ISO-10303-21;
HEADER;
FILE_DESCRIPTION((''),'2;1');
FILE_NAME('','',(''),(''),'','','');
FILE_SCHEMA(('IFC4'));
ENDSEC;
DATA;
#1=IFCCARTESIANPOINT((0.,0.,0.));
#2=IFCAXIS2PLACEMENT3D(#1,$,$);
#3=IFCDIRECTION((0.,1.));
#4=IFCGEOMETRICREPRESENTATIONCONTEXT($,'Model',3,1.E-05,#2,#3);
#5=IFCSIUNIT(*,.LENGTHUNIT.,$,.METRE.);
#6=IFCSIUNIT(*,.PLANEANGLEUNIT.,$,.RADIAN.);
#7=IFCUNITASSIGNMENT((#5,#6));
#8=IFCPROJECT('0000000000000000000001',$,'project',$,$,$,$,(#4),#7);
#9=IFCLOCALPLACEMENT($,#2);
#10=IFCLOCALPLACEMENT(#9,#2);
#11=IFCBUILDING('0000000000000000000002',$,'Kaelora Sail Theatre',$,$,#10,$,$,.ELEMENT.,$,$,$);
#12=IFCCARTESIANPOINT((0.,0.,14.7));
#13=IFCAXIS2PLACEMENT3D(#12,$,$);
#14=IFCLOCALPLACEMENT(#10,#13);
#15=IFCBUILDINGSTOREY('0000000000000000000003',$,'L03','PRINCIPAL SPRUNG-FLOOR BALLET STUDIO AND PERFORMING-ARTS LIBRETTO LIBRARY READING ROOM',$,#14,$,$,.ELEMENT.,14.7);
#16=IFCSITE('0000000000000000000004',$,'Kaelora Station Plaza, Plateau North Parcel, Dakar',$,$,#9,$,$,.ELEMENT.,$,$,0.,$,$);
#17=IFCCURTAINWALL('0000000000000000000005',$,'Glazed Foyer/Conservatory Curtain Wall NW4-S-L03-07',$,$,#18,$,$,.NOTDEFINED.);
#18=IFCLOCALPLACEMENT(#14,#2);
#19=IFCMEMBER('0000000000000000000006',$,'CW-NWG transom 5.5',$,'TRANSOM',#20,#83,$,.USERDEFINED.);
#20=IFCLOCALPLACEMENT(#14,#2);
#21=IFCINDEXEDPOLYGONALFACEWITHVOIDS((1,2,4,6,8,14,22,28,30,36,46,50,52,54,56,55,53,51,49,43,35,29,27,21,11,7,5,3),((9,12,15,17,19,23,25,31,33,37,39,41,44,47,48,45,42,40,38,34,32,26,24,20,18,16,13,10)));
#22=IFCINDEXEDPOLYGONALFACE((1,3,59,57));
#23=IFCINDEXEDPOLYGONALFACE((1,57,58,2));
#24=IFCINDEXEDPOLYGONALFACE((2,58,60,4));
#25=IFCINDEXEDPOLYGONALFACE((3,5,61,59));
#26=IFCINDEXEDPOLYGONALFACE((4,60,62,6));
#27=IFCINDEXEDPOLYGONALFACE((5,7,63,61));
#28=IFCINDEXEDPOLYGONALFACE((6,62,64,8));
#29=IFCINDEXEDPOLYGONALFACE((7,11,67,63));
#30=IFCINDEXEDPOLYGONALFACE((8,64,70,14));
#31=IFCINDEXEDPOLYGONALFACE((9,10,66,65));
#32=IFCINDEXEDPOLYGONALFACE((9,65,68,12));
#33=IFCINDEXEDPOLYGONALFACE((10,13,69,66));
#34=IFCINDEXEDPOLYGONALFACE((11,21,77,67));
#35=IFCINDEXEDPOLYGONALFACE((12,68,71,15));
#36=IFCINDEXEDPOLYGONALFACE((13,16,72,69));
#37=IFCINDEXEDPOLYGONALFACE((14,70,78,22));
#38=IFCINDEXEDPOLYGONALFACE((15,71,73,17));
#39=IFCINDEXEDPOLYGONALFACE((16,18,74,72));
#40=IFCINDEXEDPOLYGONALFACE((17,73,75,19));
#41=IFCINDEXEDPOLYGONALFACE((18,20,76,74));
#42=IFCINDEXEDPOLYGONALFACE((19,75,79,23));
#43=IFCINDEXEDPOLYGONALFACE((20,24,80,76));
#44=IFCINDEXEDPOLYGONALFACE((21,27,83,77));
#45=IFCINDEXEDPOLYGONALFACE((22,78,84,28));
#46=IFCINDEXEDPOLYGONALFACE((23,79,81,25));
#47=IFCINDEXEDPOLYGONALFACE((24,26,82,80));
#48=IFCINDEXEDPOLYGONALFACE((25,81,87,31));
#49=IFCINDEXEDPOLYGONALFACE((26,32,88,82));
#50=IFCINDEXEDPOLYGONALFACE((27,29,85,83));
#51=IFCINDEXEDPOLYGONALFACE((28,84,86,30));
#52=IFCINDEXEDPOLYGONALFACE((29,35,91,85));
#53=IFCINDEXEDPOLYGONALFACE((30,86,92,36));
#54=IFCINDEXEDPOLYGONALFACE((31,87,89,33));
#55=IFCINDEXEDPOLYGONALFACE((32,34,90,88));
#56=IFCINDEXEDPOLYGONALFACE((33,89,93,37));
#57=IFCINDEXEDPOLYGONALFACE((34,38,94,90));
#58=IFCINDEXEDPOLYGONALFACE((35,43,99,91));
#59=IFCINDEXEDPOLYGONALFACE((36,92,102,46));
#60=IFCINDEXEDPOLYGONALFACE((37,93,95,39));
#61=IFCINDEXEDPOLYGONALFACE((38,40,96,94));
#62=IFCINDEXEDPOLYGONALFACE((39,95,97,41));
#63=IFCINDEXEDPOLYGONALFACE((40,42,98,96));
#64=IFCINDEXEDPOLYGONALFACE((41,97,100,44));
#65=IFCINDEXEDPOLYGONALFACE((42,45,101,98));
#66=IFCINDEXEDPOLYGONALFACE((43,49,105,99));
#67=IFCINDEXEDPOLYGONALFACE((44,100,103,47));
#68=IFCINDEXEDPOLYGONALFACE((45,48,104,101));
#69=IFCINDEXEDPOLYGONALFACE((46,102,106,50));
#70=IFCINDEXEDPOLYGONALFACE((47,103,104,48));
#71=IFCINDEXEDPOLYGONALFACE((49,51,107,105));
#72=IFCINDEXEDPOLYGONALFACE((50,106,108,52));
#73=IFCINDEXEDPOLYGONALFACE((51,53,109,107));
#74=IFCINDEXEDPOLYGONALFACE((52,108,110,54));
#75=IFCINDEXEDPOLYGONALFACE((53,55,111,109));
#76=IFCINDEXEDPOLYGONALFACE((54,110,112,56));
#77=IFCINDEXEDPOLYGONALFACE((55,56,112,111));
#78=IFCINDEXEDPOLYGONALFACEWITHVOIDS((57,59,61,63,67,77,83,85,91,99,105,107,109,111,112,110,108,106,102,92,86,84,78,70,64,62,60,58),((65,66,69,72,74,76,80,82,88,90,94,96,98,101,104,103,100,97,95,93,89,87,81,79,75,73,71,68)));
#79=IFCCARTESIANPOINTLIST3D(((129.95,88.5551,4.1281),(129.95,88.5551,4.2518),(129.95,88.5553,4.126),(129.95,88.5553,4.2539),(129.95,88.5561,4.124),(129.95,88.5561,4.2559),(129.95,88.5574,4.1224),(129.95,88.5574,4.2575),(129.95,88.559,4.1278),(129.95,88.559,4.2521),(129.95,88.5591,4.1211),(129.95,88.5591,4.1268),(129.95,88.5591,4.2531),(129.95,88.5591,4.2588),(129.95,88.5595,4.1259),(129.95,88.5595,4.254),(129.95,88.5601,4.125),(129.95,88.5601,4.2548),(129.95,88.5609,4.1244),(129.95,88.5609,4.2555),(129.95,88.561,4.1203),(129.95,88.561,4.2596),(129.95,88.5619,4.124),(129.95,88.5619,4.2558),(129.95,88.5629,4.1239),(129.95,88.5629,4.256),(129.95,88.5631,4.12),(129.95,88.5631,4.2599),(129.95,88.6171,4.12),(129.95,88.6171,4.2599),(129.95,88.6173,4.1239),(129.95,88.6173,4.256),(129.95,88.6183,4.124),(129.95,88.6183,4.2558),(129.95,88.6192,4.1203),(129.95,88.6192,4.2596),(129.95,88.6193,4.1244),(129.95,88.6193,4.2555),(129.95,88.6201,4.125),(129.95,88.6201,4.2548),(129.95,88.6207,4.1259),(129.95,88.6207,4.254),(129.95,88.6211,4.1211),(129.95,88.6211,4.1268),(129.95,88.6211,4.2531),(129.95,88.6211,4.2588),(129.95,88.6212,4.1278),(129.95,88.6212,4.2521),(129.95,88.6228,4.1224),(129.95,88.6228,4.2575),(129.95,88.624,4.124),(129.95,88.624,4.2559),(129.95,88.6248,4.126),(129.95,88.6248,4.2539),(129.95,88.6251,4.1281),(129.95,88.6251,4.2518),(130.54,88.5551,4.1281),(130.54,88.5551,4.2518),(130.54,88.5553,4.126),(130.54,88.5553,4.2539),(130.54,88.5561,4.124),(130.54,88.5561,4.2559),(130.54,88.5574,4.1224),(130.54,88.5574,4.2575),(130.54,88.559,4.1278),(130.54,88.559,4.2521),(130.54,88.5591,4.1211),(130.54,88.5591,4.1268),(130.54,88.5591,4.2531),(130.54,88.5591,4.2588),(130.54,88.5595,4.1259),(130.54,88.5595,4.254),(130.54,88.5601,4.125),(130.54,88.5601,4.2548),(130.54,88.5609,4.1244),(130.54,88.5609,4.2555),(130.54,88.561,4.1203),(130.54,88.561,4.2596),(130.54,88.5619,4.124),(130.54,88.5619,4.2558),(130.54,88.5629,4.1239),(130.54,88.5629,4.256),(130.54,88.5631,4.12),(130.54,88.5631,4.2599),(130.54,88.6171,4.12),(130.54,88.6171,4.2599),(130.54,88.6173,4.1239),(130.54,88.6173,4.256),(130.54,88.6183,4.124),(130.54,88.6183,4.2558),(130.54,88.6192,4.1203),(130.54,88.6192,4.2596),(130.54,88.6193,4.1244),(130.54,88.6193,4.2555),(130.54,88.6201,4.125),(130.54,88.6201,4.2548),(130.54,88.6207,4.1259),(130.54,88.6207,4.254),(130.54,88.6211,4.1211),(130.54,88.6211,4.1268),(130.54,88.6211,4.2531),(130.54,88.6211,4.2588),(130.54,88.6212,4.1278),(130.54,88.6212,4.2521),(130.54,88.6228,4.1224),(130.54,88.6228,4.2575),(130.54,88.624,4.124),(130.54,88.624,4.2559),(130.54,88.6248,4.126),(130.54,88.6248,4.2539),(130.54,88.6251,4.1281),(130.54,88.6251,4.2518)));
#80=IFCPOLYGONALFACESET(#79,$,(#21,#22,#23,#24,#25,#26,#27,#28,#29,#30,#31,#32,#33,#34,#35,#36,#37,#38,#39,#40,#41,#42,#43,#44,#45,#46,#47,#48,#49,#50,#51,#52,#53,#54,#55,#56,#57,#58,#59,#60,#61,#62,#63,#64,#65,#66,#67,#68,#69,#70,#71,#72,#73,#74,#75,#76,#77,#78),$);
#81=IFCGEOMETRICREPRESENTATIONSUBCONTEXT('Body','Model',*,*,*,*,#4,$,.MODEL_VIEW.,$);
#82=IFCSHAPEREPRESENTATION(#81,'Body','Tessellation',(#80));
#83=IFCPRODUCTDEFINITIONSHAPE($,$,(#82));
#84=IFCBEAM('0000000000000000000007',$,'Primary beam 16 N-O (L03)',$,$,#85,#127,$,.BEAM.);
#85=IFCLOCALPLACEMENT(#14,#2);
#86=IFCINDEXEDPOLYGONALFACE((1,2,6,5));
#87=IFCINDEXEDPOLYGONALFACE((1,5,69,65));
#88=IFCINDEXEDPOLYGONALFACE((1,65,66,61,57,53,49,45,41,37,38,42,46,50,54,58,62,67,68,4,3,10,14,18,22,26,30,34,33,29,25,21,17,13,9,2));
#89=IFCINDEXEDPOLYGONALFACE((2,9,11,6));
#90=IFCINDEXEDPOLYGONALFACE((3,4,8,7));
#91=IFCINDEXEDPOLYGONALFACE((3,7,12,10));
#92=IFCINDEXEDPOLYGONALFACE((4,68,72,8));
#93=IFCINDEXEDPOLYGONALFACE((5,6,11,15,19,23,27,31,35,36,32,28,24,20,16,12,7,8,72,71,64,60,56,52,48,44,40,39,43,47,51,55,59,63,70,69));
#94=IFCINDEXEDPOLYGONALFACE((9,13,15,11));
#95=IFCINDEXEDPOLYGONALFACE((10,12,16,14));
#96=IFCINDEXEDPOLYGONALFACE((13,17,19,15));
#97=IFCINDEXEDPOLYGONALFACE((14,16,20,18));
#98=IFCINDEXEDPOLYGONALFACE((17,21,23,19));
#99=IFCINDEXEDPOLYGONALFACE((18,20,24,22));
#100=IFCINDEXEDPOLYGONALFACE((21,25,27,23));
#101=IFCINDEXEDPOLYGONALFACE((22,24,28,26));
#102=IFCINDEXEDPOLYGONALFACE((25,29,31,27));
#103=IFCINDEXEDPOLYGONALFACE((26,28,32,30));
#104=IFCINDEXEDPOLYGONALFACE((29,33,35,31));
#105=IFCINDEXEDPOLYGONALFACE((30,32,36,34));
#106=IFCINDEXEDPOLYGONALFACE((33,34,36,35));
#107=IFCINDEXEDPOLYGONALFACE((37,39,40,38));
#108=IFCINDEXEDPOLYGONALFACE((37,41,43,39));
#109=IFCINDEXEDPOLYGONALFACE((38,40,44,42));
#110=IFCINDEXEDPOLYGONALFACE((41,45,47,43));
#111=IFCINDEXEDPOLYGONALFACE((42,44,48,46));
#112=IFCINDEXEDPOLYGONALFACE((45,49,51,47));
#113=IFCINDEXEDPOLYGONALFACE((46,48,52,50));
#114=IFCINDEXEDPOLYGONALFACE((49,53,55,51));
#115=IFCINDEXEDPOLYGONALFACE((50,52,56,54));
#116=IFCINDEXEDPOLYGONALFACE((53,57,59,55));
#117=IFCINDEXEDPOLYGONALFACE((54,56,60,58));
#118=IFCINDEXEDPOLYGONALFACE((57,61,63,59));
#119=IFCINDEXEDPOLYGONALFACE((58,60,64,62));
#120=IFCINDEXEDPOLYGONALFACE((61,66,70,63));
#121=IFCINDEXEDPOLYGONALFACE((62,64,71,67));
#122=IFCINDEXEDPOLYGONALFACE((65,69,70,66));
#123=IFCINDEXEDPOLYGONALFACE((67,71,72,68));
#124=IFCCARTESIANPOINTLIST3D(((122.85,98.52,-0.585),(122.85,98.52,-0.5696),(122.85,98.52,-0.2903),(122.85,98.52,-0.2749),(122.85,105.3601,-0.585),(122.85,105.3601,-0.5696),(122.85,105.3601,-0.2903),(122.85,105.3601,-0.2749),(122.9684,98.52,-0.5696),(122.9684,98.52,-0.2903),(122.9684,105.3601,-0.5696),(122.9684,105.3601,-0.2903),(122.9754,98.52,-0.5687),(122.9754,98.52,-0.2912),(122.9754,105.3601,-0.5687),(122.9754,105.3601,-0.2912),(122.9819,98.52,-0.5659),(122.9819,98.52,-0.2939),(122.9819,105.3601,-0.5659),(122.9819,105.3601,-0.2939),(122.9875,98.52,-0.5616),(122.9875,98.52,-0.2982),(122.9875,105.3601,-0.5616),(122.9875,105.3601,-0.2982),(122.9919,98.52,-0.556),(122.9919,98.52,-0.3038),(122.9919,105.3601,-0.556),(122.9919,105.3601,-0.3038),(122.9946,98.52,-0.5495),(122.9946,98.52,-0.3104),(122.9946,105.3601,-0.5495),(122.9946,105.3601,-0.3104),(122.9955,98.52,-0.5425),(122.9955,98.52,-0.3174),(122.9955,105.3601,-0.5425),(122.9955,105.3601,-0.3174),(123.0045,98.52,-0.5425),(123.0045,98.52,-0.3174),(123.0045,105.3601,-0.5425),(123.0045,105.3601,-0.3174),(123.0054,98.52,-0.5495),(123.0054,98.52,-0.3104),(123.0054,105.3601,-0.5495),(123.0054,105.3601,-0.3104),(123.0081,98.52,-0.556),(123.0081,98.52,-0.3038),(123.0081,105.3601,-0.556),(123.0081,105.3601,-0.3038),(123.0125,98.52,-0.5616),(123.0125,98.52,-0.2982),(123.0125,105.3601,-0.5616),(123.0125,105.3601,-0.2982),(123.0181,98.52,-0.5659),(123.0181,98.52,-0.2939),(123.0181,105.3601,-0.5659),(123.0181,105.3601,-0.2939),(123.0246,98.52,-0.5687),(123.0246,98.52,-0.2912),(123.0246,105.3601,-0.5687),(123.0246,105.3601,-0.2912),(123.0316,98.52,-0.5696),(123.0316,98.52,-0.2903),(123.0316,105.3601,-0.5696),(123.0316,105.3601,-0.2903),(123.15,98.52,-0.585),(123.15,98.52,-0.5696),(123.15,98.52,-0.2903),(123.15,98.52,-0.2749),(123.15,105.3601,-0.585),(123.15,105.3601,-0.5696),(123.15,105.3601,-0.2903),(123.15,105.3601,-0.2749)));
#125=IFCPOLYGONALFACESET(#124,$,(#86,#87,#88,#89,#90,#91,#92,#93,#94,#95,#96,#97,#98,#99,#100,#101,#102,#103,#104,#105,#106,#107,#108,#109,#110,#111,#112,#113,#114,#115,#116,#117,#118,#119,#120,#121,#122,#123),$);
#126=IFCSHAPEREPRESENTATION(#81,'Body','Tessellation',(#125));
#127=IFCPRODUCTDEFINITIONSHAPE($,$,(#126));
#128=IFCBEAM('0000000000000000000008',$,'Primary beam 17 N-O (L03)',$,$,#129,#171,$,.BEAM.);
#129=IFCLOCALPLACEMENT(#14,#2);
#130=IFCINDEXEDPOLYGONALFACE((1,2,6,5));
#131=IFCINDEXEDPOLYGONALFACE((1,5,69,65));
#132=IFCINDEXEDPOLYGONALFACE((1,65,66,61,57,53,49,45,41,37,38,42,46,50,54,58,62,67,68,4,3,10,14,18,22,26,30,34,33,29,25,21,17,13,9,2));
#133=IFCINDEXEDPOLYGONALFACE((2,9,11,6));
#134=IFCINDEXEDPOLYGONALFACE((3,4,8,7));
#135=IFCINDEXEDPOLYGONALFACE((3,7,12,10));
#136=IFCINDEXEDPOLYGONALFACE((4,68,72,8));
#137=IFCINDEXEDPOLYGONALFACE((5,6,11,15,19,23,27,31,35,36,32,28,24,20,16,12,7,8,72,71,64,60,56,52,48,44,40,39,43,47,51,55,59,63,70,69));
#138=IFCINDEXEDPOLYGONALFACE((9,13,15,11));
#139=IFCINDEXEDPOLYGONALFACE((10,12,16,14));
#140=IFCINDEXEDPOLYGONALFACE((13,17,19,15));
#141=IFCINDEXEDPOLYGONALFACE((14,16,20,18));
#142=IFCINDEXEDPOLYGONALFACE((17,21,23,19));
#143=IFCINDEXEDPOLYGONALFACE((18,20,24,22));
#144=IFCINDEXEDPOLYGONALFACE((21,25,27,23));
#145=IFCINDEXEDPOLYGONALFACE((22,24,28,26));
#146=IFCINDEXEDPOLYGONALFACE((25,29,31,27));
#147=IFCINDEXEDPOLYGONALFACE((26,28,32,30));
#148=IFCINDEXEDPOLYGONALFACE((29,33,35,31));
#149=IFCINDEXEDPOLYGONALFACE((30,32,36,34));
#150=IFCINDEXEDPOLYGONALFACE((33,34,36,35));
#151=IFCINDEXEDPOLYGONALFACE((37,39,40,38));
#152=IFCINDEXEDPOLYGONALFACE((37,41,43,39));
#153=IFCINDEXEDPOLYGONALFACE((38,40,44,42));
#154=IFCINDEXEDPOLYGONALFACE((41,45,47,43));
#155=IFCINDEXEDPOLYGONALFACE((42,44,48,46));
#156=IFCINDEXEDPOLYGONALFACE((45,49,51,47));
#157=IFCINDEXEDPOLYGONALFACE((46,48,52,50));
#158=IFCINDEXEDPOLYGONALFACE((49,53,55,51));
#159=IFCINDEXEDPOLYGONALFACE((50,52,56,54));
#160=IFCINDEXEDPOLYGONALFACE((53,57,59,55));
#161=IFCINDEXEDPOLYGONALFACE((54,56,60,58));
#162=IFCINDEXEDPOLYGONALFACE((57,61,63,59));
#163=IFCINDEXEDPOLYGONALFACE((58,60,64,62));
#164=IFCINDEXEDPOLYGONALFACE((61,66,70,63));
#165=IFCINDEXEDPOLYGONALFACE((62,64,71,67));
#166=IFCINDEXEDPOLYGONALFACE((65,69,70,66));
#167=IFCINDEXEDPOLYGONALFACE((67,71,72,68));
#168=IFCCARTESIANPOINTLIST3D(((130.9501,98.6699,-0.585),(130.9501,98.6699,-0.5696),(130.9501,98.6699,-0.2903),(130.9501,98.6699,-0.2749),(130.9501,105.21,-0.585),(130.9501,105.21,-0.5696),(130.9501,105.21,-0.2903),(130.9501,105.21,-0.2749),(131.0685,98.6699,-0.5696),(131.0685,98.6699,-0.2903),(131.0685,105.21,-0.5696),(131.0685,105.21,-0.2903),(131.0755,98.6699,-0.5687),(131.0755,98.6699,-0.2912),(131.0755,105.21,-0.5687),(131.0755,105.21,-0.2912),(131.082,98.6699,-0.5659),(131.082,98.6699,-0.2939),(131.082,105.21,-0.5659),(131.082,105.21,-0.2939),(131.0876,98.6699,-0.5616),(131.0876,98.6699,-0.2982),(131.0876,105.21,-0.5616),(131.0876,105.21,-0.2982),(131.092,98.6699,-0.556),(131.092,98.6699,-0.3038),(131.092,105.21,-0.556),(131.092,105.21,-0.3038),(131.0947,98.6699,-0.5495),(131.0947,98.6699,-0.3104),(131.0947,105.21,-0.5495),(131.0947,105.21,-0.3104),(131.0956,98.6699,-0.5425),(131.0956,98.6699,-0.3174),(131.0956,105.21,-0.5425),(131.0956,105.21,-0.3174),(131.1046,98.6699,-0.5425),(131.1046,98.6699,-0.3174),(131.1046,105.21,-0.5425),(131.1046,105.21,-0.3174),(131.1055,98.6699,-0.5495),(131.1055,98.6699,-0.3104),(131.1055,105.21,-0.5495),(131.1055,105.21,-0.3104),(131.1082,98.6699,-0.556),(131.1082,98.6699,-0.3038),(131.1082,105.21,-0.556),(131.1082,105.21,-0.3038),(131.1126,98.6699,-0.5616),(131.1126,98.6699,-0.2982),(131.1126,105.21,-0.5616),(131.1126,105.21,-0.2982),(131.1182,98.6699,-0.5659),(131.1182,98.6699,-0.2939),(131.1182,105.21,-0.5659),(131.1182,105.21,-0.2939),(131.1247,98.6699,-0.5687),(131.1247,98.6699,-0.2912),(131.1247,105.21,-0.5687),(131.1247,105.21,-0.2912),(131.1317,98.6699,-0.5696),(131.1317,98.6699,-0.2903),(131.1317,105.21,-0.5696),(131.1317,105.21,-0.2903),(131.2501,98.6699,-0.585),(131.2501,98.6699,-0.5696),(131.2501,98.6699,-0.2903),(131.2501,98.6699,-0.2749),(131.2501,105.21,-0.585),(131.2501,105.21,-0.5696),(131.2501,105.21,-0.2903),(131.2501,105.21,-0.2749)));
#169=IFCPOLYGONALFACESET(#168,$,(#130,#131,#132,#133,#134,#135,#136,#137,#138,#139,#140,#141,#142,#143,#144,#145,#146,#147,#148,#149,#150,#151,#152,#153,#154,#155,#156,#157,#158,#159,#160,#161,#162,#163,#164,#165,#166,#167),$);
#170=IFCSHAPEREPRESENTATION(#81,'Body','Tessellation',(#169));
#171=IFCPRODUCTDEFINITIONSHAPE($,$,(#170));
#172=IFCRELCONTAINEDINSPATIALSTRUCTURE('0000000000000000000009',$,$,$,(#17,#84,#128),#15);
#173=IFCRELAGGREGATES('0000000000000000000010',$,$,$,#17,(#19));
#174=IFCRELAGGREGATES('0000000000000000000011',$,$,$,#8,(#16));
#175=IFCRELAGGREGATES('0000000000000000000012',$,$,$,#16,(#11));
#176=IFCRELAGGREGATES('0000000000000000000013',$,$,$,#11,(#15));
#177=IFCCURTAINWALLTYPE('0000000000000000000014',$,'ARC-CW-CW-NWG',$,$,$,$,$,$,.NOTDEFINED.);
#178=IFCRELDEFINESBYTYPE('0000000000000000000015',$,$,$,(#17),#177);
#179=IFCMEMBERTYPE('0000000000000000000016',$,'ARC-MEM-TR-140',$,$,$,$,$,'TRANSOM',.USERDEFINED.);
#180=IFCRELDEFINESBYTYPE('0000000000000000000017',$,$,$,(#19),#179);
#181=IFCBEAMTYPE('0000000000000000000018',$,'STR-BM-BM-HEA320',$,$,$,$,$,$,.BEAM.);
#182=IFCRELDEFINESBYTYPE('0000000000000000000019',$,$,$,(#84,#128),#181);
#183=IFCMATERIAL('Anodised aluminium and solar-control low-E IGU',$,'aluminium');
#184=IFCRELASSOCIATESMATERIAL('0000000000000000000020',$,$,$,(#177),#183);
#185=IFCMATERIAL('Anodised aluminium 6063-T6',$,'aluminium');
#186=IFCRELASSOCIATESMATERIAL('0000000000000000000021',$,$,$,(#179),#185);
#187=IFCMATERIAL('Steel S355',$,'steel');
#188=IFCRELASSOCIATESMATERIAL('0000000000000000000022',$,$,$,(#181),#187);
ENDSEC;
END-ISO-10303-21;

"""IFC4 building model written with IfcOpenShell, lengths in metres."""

from ifc_helpers import new_model, si_unit, direction, frame, origin, origin_2d, place, context, subcontext, project, spatial, hollow_rectangle, i_section, extrude, material, material_profile, profile_set, type_object, element, aggregate, save


model = new_model("IFC4")

# Units and contexts
model_context = context("Model", 3, precision=1e-05, world=origin(), true_north=direction((0.0, 1.0)))
body_context = subcontext(model_context, "Body", "Model", "MODEL_VIEW")
ifc_project = project(units=[si_unit("LENGTHUNIT", "METRE"), si_unit("PLANEANGLEUNIT", "RADIAN")], contexts=[model_context])

# Site, building, storey
site_placement = place(None, origin())
site = spatial("IfcSite", under=ifc_project, at=site_placement, Name="Kaelora Station Plaza, Plateau North Parcel, Dakar", CompositionType="ELEMENT", RefElevation=0.0)
building_placement = place(site_placement, origin())
building = spatial("IfcBuilding", under=site, at=building_placement, Name="Kaelora Sail Theatre", CompositionType="ELEMENT")
storey_placement = place(building_placement, frame((0.0, 0.0, 14.7)))
storey = spatial("IfcBuildingStorey", under=building, at=storey_placement, Name="L03", Description="PRINCIPAL SPRUNG-FLOOR BALLET STUDIO AND PERFORMING-ARTS LIBRETTO LIBRARY READING ROOM", CompositionType="ELEMENT", Elevation=14.7)

# Curtain wall, member
ifc_material_1 = material(Name="Anodised aluminium and solar-control low-E IGU", Category="aluminium")
curtain_wall_type = type_object("IfcCurtainWallType", Name="ARC-CW-CW-NWG", PredefinedType="NOTDEFINED", material=ifc_material_1)
curtain_wall_placement = place(storey_placement, origin())
curtain_wall = element("IfcCurtainWall", 1, at=curtain_wall_placement, inside=storey, type_object=curtain_wall_type, Name="Glazed Foyer/Conservatory Curtain Wall NW4-S-L03-07", PredefinedType="NOTDEFINED")
ifc_material_2 = material(Name="Anodised aluminium 6063-T6", Category="aluminium")
ifc_material_profile_1 = material_profile(ifc_material_2, hollow_rectangle(XDim=0.0701, YDim=0.1399, WallThickness=0.0039, InnerFilletRadius=0.0039, OuterFilletRadius=0.0081, at=origin_2d()), Name="ALU-TRAN 70x140x4")
ifc_profile_set_1 = profile_set([ifc_material_profile_1], Name="Anodised aluminium 6063-T6")
member_type_1 = type_object("IfcMemberType", Name="ARC-MEM-TR-140", ElementType="TRANSOM", PredefinedType="USERDEFINED", material=ifc_profile_set_1)
member_1_placement = place(storey_placement, frame((129.95, 88.5901, 4.1899), z_axis=(1.0, 0.0, 0.0), x_axis=(0.0, 1.0, 0.0)))
member_1 = element("IfcMember", 2, at=member_1_placement, type_object=member_type_1, Name="CW-NWG transom 5.5", ObjectType="TRANSOM", PredefinedType="USERDEFINED", context=body_context, shape_type="SweptSolid", body=[
    extrude(hollow_rectangle(XDim=0.0701, YDim=0.1399, WallThickness=0.0039, InnerFilletRadius=0.0039, OuterFilletRadius=0.0081, at=origin_2d()), origin(), (0.0, 0.0, 1.0), 0.5901),
])

# Beams
ifc_material_3 = material(Name="Steel S355", Category="steel")
ifc_material_profile_2 = material_profile(ifc_material_3, i_section(OverallWidth=0.3, OverallDepth=0.3101, WebThickness=0.009, FlangeThickness=0.0154, FilletRadius=0.0271, at=origin_2d()), Name="HEA 320")
ifc_profile_set_2 = profile_set([ifc_material_profile_2], Name="Steel S355")
beam_type_1 = type_object("IfcBeamType", Name="STR-BM-BM-HEA320", PredefinedType="BEAM", material=ifc_profile_set_2)
beam_1_placement = place(storey_placement, frame((123.0, 98.52, -0.4299), z_axis=(0.0, 1.0, 0.0), x_axis=(-1.0, 0.0, 0.0)))
element("IfcBeam", 3, at=beam_1_placement, inside=storey, type_object=beam_type_1, Name="Primary beam 16 N-O (L03)", PredefinedType="BEAM", context=body_context, shape_type="SweptSolid", body=[
    extrude(i_section(OverallWidth=0.3, OverallDepth=0.3101, WebThickness=0.009, FlangeThickness=0.0154, FilletRadius=0.0271, at=origin_2d()), origin(), (0.0, 0.0, 1.0), 6.8401),
])
beam_2_placement = place(storey_placement, frame((131.1001, 98.6699, -0.4299), z_axis=(0.0, 1.0, 0.0), x_axis=(-1.0, 0.0, 0.0)))
element("IfcBeam", 4, at=beam_2_placement, inside=storey, type_object=beam_type_1, Name="Primary beam 17 N-O (L03)", PredefinedType="BEAM", context=body_context, shape_type="SweptSolid", body=[
    extrude(i_section(OverallWidth=0.3, OverallDepth=0.3101, WebThickness=0.009, FlangeThickness=0.0154, FilletRadius=0.0271, at=origin_2d()), origin(), (0.0, 0.0, 1.0), 6.54),
])

aggregate(curtain_wall, [member_1])

save(model, "model.ifc")
